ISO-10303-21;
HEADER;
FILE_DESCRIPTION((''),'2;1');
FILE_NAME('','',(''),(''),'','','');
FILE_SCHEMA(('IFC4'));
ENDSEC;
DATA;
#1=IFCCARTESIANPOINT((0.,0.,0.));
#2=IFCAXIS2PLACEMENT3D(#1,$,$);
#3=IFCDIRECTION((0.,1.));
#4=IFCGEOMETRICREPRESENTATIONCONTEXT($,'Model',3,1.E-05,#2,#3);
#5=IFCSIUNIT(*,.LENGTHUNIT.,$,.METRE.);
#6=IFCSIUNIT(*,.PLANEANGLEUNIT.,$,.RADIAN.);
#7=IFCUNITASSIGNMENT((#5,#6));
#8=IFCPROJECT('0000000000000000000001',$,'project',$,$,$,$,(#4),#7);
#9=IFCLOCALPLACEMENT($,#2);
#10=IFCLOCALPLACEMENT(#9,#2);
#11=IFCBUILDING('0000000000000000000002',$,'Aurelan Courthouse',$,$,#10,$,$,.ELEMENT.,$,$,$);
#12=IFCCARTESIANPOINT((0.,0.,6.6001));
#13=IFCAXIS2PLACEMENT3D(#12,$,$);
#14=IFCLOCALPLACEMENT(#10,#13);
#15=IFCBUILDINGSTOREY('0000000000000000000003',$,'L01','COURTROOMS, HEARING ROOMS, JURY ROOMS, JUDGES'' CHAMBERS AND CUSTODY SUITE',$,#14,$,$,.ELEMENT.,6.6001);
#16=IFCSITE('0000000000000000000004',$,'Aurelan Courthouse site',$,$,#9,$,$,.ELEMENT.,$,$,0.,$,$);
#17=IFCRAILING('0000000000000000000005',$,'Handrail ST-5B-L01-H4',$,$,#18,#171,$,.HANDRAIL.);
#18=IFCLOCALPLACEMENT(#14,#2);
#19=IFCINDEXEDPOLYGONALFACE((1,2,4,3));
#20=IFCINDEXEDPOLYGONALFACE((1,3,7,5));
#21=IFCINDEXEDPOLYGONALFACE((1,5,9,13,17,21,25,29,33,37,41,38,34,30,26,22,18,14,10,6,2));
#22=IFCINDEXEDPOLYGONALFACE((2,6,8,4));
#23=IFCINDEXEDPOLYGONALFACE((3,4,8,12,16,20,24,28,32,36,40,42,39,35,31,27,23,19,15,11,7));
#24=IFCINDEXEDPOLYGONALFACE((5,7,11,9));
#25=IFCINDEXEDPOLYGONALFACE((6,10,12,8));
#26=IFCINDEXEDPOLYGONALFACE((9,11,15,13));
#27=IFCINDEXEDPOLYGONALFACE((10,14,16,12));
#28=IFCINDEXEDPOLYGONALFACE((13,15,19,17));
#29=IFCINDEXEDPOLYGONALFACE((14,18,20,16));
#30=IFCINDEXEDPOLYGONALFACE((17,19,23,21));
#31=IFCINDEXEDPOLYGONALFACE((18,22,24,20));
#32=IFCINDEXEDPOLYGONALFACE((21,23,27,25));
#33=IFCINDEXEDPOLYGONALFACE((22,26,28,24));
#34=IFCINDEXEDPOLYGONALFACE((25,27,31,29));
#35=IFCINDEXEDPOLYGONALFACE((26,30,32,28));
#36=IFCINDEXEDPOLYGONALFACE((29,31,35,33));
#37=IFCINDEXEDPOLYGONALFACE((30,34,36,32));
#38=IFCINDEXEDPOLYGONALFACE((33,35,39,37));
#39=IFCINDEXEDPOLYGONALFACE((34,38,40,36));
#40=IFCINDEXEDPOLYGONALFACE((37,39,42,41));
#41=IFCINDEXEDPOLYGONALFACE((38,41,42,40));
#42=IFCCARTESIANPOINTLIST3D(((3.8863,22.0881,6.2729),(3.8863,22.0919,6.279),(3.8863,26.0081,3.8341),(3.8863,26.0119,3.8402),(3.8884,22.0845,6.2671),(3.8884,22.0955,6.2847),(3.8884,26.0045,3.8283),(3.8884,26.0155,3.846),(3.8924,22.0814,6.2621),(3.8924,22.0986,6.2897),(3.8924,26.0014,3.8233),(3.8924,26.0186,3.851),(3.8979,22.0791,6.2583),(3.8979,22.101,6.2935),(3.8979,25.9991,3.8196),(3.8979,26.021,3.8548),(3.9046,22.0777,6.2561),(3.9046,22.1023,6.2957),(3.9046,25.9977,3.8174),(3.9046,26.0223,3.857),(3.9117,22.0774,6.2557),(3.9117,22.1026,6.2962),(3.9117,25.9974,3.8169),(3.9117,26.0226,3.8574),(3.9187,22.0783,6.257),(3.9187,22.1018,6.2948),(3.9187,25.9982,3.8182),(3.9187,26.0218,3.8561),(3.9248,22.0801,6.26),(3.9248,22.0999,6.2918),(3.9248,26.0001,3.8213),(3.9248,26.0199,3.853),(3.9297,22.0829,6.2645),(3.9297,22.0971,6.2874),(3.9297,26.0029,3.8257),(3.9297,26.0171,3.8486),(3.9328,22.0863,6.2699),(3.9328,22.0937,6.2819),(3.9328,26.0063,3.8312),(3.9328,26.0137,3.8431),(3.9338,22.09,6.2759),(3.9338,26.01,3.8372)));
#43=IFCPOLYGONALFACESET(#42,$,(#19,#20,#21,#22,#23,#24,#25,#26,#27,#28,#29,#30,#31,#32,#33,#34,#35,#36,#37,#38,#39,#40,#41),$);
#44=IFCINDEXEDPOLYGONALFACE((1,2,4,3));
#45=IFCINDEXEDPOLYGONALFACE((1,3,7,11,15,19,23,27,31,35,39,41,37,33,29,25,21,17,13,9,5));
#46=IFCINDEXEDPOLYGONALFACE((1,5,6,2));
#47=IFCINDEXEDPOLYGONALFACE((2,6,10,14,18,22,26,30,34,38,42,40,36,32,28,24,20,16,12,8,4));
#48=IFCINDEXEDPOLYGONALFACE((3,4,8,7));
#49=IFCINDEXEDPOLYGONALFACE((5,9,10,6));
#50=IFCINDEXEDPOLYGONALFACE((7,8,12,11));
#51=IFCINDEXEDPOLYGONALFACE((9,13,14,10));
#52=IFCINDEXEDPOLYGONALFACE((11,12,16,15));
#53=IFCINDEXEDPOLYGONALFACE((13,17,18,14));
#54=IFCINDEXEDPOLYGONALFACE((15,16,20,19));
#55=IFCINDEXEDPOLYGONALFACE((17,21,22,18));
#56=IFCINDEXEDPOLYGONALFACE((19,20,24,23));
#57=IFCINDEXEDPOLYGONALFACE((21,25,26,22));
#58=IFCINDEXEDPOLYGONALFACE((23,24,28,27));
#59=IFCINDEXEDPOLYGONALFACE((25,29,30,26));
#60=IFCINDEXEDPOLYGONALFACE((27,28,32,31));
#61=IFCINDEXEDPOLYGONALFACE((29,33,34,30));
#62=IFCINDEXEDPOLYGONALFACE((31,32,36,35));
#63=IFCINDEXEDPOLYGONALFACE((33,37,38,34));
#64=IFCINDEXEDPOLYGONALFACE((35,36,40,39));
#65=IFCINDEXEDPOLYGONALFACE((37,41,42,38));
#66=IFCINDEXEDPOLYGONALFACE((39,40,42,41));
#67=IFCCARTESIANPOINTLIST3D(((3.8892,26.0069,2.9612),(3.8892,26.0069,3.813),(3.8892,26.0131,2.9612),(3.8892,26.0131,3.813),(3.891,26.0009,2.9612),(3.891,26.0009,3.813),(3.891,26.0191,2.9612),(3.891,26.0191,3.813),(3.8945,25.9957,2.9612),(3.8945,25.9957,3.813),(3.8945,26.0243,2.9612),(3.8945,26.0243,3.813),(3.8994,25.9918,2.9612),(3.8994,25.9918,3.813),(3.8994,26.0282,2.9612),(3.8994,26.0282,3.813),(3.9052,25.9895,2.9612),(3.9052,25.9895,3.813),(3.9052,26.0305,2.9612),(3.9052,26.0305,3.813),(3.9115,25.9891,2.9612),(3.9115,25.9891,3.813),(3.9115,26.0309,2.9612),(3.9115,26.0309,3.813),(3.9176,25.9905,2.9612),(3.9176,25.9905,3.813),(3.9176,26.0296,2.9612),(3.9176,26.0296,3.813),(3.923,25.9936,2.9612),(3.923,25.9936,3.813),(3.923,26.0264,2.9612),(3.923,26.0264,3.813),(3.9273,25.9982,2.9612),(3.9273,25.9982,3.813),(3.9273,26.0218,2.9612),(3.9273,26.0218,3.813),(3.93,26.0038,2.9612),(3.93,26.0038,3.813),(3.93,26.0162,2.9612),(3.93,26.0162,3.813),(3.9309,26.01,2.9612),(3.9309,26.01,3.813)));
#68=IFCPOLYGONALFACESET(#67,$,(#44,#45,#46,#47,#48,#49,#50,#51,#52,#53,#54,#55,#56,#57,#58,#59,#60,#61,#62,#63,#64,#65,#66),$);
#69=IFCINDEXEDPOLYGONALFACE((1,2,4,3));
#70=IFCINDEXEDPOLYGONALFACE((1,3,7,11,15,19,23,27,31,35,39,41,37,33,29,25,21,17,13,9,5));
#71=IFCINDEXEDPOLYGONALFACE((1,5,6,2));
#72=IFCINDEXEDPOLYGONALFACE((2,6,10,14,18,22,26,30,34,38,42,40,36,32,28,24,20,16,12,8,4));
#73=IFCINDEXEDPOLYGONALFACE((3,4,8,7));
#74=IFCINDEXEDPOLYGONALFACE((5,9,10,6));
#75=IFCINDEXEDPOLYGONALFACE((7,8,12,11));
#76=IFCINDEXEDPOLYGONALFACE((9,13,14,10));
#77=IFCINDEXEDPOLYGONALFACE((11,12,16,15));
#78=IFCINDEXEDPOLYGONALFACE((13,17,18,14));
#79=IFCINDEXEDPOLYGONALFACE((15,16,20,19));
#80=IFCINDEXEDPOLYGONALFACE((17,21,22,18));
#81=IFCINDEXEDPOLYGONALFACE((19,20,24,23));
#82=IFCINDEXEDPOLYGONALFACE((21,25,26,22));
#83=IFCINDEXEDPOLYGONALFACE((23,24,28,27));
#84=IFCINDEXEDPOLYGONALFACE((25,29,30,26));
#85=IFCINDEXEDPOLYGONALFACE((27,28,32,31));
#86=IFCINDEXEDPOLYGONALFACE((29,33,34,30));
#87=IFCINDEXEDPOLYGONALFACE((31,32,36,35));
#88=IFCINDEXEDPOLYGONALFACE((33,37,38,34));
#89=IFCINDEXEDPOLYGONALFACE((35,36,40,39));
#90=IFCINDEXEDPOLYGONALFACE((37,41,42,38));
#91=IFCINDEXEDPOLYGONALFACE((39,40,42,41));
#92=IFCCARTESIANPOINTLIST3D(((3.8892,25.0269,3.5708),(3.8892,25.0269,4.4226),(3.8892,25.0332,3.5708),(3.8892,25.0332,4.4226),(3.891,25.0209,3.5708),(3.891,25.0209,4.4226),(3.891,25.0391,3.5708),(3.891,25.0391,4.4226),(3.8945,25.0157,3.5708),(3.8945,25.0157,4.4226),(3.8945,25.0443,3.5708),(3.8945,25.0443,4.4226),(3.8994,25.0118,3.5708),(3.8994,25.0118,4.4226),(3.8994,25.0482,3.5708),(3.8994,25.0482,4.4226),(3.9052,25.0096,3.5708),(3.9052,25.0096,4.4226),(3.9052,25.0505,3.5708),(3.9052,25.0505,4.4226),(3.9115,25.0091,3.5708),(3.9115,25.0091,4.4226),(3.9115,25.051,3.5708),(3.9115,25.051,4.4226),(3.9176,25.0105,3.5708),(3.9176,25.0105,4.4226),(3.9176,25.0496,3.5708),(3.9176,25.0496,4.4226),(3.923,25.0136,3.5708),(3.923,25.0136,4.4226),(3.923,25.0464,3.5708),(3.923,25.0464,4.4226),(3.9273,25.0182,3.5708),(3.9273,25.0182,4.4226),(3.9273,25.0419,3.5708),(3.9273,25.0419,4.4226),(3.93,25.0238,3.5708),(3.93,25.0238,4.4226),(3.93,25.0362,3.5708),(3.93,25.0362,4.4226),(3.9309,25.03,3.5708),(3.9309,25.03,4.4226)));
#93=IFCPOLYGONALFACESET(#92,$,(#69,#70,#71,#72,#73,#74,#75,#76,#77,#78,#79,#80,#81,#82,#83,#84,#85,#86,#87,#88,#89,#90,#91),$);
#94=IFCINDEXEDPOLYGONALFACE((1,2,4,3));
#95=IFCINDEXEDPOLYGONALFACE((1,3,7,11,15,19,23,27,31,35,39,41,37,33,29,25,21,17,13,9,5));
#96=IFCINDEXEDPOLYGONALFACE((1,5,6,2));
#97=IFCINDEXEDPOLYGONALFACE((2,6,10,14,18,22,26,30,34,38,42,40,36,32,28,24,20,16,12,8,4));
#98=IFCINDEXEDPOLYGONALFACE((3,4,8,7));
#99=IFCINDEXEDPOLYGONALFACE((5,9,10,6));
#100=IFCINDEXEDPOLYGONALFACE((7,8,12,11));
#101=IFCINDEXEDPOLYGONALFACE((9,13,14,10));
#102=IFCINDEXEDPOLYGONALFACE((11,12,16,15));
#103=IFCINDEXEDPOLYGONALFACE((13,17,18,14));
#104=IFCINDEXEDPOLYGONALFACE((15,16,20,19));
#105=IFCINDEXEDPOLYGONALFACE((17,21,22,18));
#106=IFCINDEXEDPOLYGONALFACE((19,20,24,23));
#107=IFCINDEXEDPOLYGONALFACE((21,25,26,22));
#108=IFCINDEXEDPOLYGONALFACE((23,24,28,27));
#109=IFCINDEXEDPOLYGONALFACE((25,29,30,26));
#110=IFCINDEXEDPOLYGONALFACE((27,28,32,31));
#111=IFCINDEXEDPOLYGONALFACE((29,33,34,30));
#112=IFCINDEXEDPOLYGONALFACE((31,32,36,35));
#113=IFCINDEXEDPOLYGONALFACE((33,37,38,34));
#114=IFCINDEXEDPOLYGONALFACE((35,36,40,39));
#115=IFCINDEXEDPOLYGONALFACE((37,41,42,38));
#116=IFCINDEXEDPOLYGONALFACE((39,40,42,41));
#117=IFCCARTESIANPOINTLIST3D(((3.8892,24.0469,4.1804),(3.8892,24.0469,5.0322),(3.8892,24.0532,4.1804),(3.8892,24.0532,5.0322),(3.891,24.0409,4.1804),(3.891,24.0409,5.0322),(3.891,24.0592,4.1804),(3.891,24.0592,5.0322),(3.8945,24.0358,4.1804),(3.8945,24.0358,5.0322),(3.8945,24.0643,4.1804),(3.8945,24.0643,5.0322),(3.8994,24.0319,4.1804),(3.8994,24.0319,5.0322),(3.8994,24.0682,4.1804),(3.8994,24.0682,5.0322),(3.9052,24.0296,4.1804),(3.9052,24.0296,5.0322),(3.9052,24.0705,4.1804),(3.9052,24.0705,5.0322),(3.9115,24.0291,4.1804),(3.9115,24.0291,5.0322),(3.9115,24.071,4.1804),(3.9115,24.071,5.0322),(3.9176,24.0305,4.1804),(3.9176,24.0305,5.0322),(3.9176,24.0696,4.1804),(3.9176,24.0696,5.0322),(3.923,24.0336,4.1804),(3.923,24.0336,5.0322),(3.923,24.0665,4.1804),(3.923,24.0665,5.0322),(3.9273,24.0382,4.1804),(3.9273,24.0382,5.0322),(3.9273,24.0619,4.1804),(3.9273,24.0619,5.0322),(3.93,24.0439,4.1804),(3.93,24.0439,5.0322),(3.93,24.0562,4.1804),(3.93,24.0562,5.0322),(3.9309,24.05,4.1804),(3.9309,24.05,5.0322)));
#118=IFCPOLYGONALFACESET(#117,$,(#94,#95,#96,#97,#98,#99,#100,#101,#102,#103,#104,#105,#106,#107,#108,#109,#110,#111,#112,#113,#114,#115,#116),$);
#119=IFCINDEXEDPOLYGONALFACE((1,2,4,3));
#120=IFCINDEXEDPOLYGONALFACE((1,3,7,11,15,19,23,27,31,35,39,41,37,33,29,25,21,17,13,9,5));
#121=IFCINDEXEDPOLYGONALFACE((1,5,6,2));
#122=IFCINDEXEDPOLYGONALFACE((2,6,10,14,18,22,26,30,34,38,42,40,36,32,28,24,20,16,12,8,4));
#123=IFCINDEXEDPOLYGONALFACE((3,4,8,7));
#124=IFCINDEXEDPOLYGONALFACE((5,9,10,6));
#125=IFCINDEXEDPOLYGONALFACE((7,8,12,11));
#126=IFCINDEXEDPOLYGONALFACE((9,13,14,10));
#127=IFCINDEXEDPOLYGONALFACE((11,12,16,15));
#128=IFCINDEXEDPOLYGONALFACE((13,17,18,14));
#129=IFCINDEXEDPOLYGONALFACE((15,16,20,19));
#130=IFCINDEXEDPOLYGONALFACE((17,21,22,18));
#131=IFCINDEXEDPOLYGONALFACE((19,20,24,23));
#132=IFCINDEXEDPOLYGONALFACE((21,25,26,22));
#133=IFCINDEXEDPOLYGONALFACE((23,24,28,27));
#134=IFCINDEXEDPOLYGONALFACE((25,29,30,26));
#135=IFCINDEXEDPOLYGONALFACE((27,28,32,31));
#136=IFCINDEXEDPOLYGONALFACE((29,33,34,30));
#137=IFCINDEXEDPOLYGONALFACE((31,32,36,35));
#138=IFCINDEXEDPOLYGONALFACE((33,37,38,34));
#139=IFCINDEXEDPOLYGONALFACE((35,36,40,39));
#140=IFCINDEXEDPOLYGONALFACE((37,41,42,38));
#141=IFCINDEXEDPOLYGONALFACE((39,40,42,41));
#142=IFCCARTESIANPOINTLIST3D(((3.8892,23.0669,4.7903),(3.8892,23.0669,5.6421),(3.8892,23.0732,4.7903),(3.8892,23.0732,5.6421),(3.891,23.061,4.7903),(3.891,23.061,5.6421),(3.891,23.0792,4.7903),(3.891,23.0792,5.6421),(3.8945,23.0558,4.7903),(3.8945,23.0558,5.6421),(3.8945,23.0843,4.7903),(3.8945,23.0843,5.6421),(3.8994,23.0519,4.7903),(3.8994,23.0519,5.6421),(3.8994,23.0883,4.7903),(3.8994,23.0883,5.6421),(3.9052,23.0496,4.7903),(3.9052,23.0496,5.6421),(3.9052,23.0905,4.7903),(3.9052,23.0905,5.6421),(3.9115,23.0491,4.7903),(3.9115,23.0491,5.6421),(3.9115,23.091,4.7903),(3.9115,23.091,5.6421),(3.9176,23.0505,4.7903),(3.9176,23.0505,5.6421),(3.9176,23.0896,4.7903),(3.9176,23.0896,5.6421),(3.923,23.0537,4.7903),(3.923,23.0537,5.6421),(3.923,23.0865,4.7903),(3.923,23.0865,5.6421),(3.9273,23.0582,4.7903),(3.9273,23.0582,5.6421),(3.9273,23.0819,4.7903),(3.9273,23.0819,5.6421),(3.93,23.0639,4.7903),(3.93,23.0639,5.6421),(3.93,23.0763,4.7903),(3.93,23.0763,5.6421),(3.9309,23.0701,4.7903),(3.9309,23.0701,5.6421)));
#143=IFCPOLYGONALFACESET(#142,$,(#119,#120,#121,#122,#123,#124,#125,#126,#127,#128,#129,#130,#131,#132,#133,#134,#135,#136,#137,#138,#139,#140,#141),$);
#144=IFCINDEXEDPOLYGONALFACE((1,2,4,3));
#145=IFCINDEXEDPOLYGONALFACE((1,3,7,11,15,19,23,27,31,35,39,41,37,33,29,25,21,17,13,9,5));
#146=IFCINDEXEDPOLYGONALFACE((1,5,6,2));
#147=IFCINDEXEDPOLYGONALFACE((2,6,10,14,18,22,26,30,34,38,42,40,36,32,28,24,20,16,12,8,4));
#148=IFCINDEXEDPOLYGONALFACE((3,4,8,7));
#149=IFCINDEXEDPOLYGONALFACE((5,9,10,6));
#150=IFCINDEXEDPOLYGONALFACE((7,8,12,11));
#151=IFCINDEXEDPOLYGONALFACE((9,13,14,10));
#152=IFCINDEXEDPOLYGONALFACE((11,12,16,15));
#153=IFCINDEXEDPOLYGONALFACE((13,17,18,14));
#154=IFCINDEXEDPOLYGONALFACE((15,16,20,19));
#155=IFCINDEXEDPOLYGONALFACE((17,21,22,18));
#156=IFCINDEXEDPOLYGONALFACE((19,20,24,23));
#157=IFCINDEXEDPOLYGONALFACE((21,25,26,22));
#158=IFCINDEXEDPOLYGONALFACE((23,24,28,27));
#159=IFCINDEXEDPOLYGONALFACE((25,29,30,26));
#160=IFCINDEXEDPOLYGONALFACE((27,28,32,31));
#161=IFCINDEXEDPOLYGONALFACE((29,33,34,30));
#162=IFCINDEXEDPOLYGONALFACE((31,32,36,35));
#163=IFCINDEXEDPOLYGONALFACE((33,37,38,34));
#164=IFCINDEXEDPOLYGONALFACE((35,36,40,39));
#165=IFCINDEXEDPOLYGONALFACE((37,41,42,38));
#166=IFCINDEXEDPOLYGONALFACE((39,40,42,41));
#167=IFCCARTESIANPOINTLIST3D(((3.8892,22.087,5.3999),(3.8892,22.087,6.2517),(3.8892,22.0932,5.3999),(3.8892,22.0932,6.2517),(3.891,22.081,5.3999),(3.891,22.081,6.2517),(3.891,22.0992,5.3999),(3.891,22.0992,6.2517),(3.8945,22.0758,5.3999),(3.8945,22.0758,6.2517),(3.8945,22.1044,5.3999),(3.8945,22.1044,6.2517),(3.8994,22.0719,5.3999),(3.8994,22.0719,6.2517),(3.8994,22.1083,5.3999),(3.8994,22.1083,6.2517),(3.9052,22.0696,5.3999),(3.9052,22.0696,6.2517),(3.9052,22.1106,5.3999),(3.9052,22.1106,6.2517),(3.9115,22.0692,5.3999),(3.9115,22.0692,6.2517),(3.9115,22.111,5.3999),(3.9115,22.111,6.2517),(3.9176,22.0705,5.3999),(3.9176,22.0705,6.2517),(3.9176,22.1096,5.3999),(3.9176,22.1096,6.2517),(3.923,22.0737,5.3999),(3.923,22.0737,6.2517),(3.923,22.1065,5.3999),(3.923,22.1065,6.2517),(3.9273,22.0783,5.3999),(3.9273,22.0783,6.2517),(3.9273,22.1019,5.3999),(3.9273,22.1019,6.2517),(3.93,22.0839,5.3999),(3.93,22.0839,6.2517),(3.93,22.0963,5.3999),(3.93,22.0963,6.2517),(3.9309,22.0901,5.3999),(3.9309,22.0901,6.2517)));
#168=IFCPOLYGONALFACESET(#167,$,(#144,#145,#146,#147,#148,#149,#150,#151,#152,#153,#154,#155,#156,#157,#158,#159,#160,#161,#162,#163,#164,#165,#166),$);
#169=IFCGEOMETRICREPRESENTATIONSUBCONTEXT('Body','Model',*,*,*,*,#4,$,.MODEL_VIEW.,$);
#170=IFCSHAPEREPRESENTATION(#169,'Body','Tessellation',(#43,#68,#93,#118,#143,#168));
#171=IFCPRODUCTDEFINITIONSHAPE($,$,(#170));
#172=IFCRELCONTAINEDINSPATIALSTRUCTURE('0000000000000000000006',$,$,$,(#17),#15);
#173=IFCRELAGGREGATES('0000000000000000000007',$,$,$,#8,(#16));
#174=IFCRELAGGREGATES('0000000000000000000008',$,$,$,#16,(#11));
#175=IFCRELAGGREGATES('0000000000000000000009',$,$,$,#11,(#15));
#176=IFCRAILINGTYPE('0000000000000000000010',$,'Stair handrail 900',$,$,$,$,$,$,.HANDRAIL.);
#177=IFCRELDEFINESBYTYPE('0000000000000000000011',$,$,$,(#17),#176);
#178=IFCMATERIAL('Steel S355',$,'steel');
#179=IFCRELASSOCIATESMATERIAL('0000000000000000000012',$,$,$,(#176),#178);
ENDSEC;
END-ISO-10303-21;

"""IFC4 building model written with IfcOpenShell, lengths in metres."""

from ifc_helpers import new_model, si_unit, direction, frame, origin, origin_2d, place, context, subcontext, project, spatial, circle, extrude, material, type_object, element, save


model = new_model("IFC4")

# Units and contexts
model_context = context("Model", 3, precision=1e-05, world=origin(), true_north=direction((0.0, 1.0)))
body_context = subcontext(model_context, "Body", "Model", "MODEL_VIEW")
ifc_project = project(units=[si_unit("LENGTHUNIT", "METRE"), si_unit("PLANEANGLEUNIT", "RADIAN")], contexts=[model_context])

# Site, building, storey
site_placement = place(None, origin())
site = spatial("IfcSite", under=ifc_project, at=site_placement, Name="Aurelan Courthouse site", CompositionType="ELEMENT", RefElevation=0.0)
building_placement = place(site_placement, origin())
building = spatial("IfcBuilding", under=site, at=building_placement, Name="Aurelan Courthouse", CompositionType="ELEMENT")
storey_placement = place(building_placement, frame((0.0, 0.0, 6.6001)))
storey = spatial("IfcBuildingStorey", under=building, at=storey_placement, Name="L01", Description="COURTROOMS, HEARING ROOMS, JURY ROOMS, JUDGES' CHAMBERS AND CUSTODY SUITE", CompositionType="ELEMENT", Elevation=6.6001)

# Railing
ifc_material_1 = material(Name="Steel S355", Category="steel")
railing_type = type_object("IfcRailingType", Name="Stair handrail 900", PredefinedType="HANDRAIL", material=ifc_material_1)
railing_placement = place(storey_placement, frame((3.9099, 26.01, 2.9612)))
element("IfcRailing", 1, at=railing_placement, inside=storey, type_object=railing_type, Name="Handrail ST-5B-L01-H4", PredefinedType="HANDRAIL", context=body_context, shape_type="SweptSolid", body=[
    extrude(circle(Radius=0.0239, at=origin_2d()), frame((0.0, 0.0, 0.876), z_axis=(0.0, -0.84909, 0.528249), x_axis=(1.0, 0.0, 0.0)), (0.0, 0.0, 1.0), 4.6167),
    extrude(circle(Radius=0.021, at=origin_2d()), origin(), (0.0, 0.0, 1.0), 0.8518),
    extrude(circle(Radius=0.021, at=origin_2d()), frame((0.0, -0.98, 0.6096)), (0.0, 0.0, 1.0), 0.8518),
    extrude(circle(Radius=0.021, at=origin_2d()), frame((0.0, -1.96, 1.2192)), (0.0, 0.0, 1.0), 0.8518),
    extrude(circle(Radius=0.021, at=origin_2d()), frame((0.0, -2.9399, 1.8291)), (0.0, 0.0, 1.0), 0.8518),
    extrude(circle(Radius=0.021, at=origin_2d()), frame((0.0, -3.9199, 2.4387)), (0.0, 0.0, 1.0), 0.8518),
])

save(model, "model.ifc")
